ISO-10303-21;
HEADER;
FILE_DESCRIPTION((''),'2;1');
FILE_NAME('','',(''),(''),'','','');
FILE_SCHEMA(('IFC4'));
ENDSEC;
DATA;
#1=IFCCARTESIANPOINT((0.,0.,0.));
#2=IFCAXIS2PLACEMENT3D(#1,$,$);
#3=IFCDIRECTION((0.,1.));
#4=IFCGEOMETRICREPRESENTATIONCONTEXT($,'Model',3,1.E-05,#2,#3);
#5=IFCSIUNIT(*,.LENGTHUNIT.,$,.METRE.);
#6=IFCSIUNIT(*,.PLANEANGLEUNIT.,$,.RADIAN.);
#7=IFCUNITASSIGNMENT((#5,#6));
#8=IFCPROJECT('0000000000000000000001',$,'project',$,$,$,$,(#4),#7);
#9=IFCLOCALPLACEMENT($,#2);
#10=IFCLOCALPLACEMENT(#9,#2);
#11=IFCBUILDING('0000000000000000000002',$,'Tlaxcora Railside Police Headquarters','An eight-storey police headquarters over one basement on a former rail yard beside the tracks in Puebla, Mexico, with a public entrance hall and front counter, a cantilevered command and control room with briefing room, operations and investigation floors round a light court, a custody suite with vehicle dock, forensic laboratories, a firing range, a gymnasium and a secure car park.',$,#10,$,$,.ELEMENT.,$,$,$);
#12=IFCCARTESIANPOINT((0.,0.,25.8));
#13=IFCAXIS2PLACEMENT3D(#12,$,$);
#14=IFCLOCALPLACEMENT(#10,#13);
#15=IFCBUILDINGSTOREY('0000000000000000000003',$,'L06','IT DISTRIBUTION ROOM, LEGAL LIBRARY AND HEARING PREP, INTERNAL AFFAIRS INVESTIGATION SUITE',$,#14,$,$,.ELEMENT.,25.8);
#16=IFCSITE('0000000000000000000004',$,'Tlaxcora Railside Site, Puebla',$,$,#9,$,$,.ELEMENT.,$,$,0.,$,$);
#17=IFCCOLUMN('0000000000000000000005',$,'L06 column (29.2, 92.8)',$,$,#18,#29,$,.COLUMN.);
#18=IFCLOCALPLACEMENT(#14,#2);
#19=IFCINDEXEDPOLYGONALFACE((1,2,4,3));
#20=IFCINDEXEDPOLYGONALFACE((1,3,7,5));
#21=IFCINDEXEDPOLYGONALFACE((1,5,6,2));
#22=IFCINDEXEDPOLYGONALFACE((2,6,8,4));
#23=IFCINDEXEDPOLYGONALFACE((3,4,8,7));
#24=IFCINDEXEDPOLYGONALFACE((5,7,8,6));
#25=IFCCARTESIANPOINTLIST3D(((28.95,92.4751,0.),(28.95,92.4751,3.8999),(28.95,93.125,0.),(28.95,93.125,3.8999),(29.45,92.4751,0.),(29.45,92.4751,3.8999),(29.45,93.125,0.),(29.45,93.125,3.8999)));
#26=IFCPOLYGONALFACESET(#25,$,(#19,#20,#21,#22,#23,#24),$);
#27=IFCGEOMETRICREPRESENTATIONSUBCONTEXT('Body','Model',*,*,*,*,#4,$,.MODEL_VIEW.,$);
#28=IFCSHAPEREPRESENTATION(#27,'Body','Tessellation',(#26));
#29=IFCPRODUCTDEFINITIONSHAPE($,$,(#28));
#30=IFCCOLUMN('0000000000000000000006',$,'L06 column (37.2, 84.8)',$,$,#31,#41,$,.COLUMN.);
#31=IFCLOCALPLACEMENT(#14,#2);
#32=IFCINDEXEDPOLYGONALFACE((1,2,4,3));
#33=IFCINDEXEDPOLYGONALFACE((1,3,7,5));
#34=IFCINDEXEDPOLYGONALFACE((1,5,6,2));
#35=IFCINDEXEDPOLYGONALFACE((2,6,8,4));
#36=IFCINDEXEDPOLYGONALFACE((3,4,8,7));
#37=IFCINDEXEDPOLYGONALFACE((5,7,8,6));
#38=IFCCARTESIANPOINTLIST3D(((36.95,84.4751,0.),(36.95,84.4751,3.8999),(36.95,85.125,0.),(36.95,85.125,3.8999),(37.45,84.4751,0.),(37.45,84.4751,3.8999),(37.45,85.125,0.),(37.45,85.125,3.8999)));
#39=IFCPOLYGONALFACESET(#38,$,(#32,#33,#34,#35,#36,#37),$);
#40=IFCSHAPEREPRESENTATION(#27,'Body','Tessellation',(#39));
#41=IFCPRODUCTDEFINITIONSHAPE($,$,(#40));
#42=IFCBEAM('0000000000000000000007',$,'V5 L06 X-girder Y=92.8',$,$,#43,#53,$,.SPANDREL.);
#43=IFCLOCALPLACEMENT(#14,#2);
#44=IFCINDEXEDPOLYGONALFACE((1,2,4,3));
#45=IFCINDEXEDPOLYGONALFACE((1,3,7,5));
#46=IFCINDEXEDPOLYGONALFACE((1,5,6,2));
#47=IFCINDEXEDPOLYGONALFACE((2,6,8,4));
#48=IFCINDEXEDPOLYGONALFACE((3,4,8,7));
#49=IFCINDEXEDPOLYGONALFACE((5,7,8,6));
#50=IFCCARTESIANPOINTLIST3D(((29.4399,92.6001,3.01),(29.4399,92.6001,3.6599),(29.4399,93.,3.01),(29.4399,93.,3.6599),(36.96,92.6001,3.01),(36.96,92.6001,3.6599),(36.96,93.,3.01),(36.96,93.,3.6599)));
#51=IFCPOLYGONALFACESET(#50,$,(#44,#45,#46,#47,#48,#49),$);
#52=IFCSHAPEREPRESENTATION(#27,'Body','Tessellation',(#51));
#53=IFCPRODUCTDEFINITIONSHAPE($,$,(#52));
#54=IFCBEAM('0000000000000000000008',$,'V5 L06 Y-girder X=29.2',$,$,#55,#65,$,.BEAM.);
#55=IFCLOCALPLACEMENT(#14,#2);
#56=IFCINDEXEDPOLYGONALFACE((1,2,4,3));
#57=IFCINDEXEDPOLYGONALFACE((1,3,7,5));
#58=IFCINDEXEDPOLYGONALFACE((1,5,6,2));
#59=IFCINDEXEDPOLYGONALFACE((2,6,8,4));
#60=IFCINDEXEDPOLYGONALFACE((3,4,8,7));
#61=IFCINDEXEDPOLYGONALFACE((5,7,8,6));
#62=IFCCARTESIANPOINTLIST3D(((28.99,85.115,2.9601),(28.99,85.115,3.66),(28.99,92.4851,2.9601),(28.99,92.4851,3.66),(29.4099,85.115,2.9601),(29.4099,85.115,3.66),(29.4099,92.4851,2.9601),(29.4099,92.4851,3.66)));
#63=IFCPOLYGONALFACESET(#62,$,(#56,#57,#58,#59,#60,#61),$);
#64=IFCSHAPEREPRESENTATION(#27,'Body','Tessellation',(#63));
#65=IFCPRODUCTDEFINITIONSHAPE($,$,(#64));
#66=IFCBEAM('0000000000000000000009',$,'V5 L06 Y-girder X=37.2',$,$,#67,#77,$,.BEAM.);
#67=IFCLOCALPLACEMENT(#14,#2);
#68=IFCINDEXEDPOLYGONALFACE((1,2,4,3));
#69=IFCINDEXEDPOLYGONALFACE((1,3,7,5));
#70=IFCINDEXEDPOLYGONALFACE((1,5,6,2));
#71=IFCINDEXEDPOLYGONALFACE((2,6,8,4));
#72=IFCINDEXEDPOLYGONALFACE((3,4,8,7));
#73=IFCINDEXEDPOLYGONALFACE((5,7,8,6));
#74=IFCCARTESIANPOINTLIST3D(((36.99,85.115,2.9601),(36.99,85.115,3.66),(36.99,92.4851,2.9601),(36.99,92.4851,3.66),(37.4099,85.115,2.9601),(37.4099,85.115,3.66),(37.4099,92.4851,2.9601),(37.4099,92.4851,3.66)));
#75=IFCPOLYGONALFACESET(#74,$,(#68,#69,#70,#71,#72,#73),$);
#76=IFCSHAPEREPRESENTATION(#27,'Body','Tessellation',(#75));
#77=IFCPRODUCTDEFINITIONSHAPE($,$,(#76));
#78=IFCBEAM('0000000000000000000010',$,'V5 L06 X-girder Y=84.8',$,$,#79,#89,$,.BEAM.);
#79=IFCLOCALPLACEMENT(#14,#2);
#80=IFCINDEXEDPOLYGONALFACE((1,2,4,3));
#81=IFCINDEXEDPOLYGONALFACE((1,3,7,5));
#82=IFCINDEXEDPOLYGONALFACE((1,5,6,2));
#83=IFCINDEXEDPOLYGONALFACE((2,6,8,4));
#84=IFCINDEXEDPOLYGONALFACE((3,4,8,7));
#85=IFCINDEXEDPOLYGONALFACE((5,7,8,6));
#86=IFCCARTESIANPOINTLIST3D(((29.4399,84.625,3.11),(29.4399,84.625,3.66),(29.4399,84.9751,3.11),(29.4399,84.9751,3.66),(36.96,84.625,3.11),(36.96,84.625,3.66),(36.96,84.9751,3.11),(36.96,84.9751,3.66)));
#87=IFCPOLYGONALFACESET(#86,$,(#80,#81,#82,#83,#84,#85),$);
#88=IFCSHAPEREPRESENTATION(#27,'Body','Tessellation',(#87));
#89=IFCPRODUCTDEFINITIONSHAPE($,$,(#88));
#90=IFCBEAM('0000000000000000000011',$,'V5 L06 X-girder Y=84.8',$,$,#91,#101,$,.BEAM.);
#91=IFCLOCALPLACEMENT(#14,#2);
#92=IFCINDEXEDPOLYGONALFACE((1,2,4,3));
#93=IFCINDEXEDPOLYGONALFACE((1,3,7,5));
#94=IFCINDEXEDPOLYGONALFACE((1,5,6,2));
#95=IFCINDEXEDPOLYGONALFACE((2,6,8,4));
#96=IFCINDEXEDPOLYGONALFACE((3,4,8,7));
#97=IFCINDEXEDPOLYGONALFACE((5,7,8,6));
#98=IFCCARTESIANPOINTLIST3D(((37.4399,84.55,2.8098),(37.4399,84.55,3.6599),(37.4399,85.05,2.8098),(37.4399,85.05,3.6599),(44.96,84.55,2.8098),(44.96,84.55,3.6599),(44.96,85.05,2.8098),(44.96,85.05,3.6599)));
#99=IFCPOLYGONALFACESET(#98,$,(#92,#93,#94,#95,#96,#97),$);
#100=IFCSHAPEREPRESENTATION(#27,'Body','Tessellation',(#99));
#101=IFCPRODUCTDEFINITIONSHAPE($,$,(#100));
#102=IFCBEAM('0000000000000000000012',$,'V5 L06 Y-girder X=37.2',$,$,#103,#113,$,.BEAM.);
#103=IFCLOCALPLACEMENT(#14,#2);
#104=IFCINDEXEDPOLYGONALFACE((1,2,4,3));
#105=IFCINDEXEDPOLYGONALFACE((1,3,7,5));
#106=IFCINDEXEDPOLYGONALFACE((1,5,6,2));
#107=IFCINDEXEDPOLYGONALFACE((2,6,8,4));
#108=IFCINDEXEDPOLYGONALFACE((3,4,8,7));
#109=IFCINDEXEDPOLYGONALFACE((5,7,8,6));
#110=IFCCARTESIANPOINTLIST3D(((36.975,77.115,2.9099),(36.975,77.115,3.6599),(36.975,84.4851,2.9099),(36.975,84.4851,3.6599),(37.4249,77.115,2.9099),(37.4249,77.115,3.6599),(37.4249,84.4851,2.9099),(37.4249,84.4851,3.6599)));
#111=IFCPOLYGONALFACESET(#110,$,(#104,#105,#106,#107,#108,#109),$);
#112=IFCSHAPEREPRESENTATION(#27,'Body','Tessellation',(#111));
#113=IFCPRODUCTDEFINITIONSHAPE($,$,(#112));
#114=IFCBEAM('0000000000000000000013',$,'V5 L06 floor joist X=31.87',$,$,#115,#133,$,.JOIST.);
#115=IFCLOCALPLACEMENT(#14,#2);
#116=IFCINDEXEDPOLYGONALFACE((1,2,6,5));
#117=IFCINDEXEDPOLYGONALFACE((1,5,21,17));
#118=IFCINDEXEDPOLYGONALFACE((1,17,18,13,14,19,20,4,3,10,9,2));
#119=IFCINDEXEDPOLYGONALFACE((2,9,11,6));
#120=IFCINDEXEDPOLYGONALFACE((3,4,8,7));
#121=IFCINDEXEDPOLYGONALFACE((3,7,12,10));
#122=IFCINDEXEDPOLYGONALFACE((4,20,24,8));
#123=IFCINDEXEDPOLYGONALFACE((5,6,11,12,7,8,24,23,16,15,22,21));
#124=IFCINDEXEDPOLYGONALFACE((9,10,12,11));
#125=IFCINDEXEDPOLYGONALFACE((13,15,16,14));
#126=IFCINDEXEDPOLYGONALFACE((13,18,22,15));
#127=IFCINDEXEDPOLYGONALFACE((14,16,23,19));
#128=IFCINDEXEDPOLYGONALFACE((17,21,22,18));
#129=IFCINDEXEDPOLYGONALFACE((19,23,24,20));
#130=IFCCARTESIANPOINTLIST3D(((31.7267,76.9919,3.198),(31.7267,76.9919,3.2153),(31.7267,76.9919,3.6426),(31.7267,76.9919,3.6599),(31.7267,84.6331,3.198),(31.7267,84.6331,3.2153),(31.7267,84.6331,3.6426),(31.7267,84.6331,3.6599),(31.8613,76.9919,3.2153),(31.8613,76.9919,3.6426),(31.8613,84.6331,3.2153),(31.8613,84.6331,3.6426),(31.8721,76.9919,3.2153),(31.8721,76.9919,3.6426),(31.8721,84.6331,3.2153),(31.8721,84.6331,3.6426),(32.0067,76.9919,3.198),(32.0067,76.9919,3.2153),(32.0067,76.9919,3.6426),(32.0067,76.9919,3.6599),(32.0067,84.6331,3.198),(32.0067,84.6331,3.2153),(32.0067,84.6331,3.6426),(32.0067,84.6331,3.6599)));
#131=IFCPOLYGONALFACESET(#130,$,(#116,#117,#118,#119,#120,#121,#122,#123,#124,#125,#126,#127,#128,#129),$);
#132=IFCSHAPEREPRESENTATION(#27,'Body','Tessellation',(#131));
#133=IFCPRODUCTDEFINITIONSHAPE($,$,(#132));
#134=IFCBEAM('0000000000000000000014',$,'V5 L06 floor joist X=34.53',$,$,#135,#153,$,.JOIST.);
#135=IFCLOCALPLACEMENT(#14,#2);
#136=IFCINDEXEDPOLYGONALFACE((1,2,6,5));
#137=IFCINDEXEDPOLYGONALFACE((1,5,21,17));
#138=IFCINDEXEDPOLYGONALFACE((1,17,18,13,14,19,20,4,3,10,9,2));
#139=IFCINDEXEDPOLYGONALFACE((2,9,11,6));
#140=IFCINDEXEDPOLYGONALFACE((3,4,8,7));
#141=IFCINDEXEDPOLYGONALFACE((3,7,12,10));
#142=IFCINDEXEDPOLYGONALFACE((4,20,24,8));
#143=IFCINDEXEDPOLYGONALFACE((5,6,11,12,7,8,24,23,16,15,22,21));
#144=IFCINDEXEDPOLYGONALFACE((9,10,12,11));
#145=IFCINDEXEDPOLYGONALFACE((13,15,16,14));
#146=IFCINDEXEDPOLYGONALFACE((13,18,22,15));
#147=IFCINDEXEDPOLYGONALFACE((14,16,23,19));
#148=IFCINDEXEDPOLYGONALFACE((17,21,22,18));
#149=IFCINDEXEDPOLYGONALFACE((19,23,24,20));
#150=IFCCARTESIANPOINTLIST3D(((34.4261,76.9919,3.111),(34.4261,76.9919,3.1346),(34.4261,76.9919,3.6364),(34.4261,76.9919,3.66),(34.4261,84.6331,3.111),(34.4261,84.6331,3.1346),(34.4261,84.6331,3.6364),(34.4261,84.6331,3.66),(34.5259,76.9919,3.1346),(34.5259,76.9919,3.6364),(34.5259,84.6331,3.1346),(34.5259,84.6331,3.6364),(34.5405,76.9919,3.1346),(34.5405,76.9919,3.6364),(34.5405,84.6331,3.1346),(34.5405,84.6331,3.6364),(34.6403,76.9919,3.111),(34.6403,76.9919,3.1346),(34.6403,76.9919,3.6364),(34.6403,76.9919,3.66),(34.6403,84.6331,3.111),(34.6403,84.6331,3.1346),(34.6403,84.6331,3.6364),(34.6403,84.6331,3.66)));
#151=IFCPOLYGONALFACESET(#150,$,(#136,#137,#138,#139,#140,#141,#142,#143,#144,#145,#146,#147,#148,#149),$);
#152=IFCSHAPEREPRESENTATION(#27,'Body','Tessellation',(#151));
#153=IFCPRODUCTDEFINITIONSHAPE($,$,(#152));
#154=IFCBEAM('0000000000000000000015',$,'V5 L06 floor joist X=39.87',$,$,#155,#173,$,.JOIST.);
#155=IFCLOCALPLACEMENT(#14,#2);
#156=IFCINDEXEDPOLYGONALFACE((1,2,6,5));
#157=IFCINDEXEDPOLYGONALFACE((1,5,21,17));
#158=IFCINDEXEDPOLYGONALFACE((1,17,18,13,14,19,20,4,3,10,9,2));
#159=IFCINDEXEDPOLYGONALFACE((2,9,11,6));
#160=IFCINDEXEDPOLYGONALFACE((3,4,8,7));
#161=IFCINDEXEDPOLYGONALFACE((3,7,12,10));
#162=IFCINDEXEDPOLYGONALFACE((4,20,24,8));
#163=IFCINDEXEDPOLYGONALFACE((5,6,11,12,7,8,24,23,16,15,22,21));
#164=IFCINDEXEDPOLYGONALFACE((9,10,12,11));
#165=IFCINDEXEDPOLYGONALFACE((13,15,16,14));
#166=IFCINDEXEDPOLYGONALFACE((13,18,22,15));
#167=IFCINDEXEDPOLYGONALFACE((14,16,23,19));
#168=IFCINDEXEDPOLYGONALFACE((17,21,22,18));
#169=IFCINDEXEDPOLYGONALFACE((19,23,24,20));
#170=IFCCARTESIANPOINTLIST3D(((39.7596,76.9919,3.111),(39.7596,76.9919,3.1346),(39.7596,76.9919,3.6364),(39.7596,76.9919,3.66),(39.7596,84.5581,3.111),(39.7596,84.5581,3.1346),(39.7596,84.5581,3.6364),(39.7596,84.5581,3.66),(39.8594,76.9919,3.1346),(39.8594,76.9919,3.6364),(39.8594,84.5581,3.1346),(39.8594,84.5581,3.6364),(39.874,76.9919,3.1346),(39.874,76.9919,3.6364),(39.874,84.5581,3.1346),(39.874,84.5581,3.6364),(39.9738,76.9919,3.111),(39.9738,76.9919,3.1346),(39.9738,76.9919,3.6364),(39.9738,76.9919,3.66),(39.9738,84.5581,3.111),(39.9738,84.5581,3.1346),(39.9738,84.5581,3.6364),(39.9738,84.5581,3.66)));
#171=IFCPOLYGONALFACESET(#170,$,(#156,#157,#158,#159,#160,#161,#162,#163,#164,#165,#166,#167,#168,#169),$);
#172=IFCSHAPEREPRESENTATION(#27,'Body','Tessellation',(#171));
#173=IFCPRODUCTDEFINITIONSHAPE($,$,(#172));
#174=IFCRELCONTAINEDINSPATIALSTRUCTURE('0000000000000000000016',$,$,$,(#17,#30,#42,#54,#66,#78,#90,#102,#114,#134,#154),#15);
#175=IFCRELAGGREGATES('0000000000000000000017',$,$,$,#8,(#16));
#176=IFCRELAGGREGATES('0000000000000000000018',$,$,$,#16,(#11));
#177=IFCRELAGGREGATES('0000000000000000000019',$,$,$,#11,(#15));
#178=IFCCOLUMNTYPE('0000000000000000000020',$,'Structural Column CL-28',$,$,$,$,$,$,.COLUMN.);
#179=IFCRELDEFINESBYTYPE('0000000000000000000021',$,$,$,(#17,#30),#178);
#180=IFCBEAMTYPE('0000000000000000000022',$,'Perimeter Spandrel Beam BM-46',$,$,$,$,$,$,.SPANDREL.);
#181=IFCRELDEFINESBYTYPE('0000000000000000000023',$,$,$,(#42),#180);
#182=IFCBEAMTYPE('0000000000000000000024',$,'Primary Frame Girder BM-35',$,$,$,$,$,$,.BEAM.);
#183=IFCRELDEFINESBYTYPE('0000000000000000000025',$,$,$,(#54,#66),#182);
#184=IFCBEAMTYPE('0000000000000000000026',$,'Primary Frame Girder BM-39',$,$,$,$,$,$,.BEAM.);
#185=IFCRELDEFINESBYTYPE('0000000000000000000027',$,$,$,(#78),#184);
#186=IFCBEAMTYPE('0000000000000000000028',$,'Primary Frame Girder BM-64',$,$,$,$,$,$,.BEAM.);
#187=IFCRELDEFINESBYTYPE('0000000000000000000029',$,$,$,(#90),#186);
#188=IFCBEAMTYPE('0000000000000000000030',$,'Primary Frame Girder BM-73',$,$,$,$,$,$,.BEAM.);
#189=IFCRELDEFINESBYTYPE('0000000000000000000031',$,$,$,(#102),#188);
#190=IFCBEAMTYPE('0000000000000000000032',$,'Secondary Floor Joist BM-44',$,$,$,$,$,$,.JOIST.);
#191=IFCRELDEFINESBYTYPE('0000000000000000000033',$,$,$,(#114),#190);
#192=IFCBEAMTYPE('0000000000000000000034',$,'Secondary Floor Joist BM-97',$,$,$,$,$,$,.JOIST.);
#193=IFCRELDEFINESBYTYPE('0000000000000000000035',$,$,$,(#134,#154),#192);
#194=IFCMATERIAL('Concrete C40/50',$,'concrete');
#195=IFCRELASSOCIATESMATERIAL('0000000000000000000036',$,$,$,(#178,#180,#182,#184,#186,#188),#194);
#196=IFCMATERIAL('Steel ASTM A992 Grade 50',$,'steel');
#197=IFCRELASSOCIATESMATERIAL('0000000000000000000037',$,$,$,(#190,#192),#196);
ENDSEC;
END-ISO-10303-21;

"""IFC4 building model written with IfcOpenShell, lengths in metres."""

from ifc_helpers import new_model, si_unit, direction, frame, origin, origin_2d, place, context, subcontext, project, spatial, rectangle, i_section, extrude, material, material_profile, profile_set, type_object, element, save


model = new_model("IFC4")

# Units and contexts
model_context = context("Model", 3, precision=1e-05, world=origin(), true_north=direction((0.0, 1.0)))
body_context = subcontext(model_context, "Body", "Model", "MODEL_VIEW")
ifc_project = project(units=[si_unit("LENGTHUNIT", "METRE"), si_unit("PLANEANGLEUNIT", "RADIAN")], contexts=[model_context])

# Site, building, storey
site_placement = place(None, origin())
site = spatial("IfcSite", under=ifc_project, at=site_placement, Name="Tlaxcora Railside Site, Puebla", CompositionType="ELEMENT", RefElevation=0.0)
building_placement = place(site_placement, origin())
building = spatial("IfcBuilding", under=site, at=building_placement, Name="Tlaxcora Railside Police Headquarters", Description="An eight-storey police headquarters over one basement on a former rail yard beside the tracks in Puebla, Mexico, with a public entrance hall and front counter, a cantilevered command and control room with briefing room, operations and investigation floors round a light court, a custody suite with vehicle dock, forensic laboratories, a firing range, a gymnasium and a secure car park.", CompositionType="ELEMENT")
storey_placement = place(building_placement, frame((0.0, 0.0, 25.8)))
storey = spatial("IfcBuildingStorey", under=building, at=storey_placement, Name="L06", Description="IT DISTRIBUTION ROOM, LEGAL LIBRARY AND HEARING PREP, INTERNAL AFFAIRS INVESTIGATION SUITE", CompositionType="ELEMENT", Elevation=25.8)

# Columns
ifc_material_1 = material(Name="Concrete C40/50", Category="concrete")
ifc_material_profile_1 = material_profile(ifc_material_1, rectangle(XDim=0.5, YDim=0.6499, at=origin_2d()), Name="RC500X650")
ifc_profile_set_1 = profile_set([ifc_material_profile_1], Name="Concrete C40/50")
column_type = type_object("IfcColumnType", Name="Structural Column CL-28", PredefinedType="COLUMN", material=ifc_profile_set_1)
for number, where, z_axis, x_axis, name in (
    (1, (29.2, 92.8, 0.0), (0.0, 0.0, 1.0), (1.0, 0.0, 0.0), "L06 column (29.2, 92.8)"),
    (2, (37.2, 84.8, 0.0), (0.0, 0.0, 1.0), (1.0, 0.0, 0.0), "L06 column (37.2, 84.8)"),
):
    element("IfcColumn", number, at=place(storey_placement, frame(where, z_axis=z_axis, x_axis=x_axis)), inside=storey, type_object=column_type, Name=name, PredefinedType="COLUMN", context=body_context, shape_type="SweptSolid", body=[
        extrude(rectangle(XDim=0.5, YDim=0.6499, at=origin_2d()), origin(), (0.0, 0.0, 1.0), 3.8999),
    ])

# Beams
ifc_material_profile_2 = material_profile(ifc_material_1, rectangle(XDim=0.3999, YDim=0.6499, at=origin_2d()), Name="RC400X650")
ifc_profile_set_2 = profile_set([ifc_material_profile_2], Name="Concrete C40/50")
beam_type_1 = type_object("IfcBeamType", Name="Perimeter Spandrel Beam BM-46", PredefinedType="SPANDREL", material=ifc_profile_set_2)
beam_1_placement = place(storey_placement, frame((29.4399, 92.8, 3.335), z_axis=(1.0, 0.0, 0.0), x_axis=(0.0, 1.0, 0.0)))
element("IfcBeam", 3, at=beam_1_placement, inside=storey, type_object=beam_type_1, Name="V5 L06 X-girder Y=92.8", PredefinedType="SPANDREL", context=body_context, shape_type="SweptSolid", body=[
    extrude(rectangle(XDim=0.3999, YDim=0.6499, at=origin_2d()), origin(), (0.0, 0.0, 1.0), 7.52),
])
ifc_material_profile_3 = material_profile(ifc_material_1, rectangle(XDim=0.4199, YDim=0.7, at=origin_2d()), Name="RC420X700")
ifc_profile_set_3 = profile_set([ifc_material_profile_3], Name="Concrete C40/50")
beam_type_2 = type_object("IfcBeamType", Name="Primary Frame Girder BM-35", PredefinedType="BEAM", material=ifc_profile_set_3)
for number, where, z_axis, x_axis, name in (
    (4, (29.2, 85.115, 3.3101), (0.0, 1.0, 0.0), (-1.0, 0.0, 0.0), "V5 L06 Y-girder X=29.2"),
    (5, (37.2, 85.115, 3.3101), (0.0, 1.0, 0.0), (-1.0, 0.0, 0.0), "V5 L06 Y-girder X=37.2"),
):
    element("IfcBeam", number, at=place(storey_placement, frame(where, z_axis=z_axis, x_axis=x_axis)), inside=storey, type_object=beam_type_2, Name=name, PredefinedType="BEAM", context=body_context, shape_type="SweptSolid", body=[
        extrude(rectangle(XDim=0.4199, YDim=0.7, at=origin_2d()), origin(), (0.0, 0.0, 1.0), 7.3701),
    ])
ifc_material_profile_4 = material_profile(ifc_material_1, rectangle(XDim=0.3501, YDim=0.55, at=origin_2d()), Name="RC350X550")
ifc_profile_set_4 = profile_set([ifc_material_profile_4], Name="Concrete C40/50")
beam_type_3 = type_object("IfcBeamType", Name="Primary Frame Girder BM-39", PredefinedType="BEAM", material=ifc_profile_set_4)
beam_2_placement = place(storey_placement, frame((29.4399, 84.8, 3.385), z_axis=(1.0, 0.0, 0.0), x_axis=(0.0, 1.0, 0.0)))
element("IfcBeam", 6, at=beam_2_placement, inside=storey, type_object=beam_type_3, Name="V5 L06 X-girder Y=84.8", PredefinedType="BEAM", context=body_context, shape_type="SweptSolid", body=[
    extrude(rectangle(XDim=0.3501, YDim=0.55, at=origin_2d()), origin(), (0.0, 0.0, 1.0), 7.52),
])
ifc_material_profile_5 = material_profile(ifc_material_1, rectangle(XDim=0.5, YDim=0.8501, at=origin_2d()), Name="RC500X850")
ifc_profile_set_5 = profile_set([ifc_material_profile_5], Name="Concrete C40/50")
beam_type_4 = type_object("IfcBeamType", Name="Primary Frame Girder BM-64", PredefinedType="BEAM", material=ifc_profile_set_5)
beam_3_placement = place(storey_placement, frame((37.4399, 84.8, 3.2349), z_axis=(1.0, 0.0, 0.0), x_axis=(0.0, 1.0, 0.0)))
element("IfcBeam", 7, at=beam_3_placement, inside=storey, type_object=beam_type_4, Name="V5 L06 X-girder Y=84.8", PredefinedType="BEAM", context=body_context, shape_type="SweptSolid", body=[
    extrude(rectangle(XDim=0.5, YDim=0.8501, at=origin_2d()), origin(), (0.0, 0.0, 1.0), 7.52),
])
ifc_material_profile_6 = material_profile(ifc_material_1, rectangle(XDim=0.45, YDim=0.75, at=origin_2d()), Name="RC450X750")
ifc_profile_set_6 = profile_set([ifc_material_profile_6], Name="Concrete C40/50")
beam_type_5 = type_object("IfcBeamType", Name="Primary Frame Girder BM-73", PredefinedType="BEAM", material=ifc_profile_set_6)
beam_4_placement = place(storey_placement, frame((37.2, 77.115, 3.2849), z_axis=(0.0, 1.0, 0.0), x_axis=(-1.0, 0.0, 0.0)))
element("IfcBeam", 8, at=beam_4_placement, inside=storey, type_object=beam_type_5, Name="V5 L06 Y-girder X=37.2", PredefinedType="BEAM", context=body_context, shape_type="SweptSolid", body=[
    extrude(rectangle(XDim=0.45, YDim=0.75, at=origin_2d()), origin(), (0.0, 0.0, 1.0), 7.3701),
])
ifc_material_2 = material(Name="Steel ASTM A992 Grade 50", Category="steel")
ifc_material_profile_7 = material_profile(ifc_material_2, i_section(OverallWidth=0.28, OverallDepth=0.4619, WebThickness=0.0107, FlangeThickness=0.0173, at=origin_2d()), Name="W18X76")
ifc_profile_set_7 = profile_set([ifc_material_profile_7], Name="Steel ASTM A992 Grade 50")
beam_type_6 = type_object("IfcBeamType", Name="Secondary Floor Joist BM-44", PredefinedType="JOIST", material=ifc_profile_set_7)
beam_5_placement = place(storey_placement, frame((31.8667, 76.9919, 3.429), z_axis=(0.0, 1.0, 0.0), x_axis=(-1.0, 0.0, 0.0)))
element("IfcBeam", 9, at=beam_5_placement, inside=storey, type_object=beam_type_6, Name="V5 L06 floor joist X=31.87", PredefinedType="JOIST", context=body_context, shape_type="SweptSolid", body=[
    extrude(i_section(OverallWidth=0.28, OverallDepth=0.4619, WebThickness=0.0107, FlangeThickness=0.0173, at=origin_2d()), origin(), (0.0, 0.0, 1.0), 7.6411),
])
ifc_material_profile_8 = material_profile(ifc_material_2, i_section(OverallWidth=0.2141, OverallDepth=0.5491, WebThickness=0.0146, FlangeThickness=0.0237, at=origin_2d()), Name="W21X93")
ifc_profile_set_8 = profile_set([ifc_material_profile_8], Name="Steel ASTM A992 Grade 50")
beam_type_7 = type_object("IfcBeamType", Name="Secondary Floor Joist BM-97", PredefinedType="JOIST", material=ifc_profile_set_8)
beam_6_placement = place(storey_placement, frame((34.5332, 76.9919, 3.3855), z_axis=(0.0, 1.0, 0.0), x_axis=(-1.0, 0.0, 0.0)))
element("IfcBeam", 10, at=beam_6_placement, inside=storey, type_object=beam_type_7, Name="V5 L06 floor joist X=34.53", PredefinedType="JOIST", context=body_context, shape_type="SweptSolid", body=[
    extrude(i_section(OverallWidth=0.2141, OverallDepth=0.5491, WebThickness=0.0146, FlangeThickness=0.0237, at=origin_2d()), origin(), (0.0, 0.0, 1.0), 7.6411),
])
beam_7_placement = place(storey_placement, frame((39.8667, 76.9919, 3.3855), z_axis=(0.0, 1.0, 0.0), x_axis=(-1.0, 0.0, 0.0)))
element("IfcBeam", 11, at=beam_7_placement, inside=storey, type_object=beam_type_7, Name="V5 L06 floor joist X=39.87", PredefinedType="JOIST", context=body_context, shape_type="SweptSolid", body=[
    extrude(i_section(OverallWidth=0.2141, OverallDepth=0.5491, WebThickness=0.0146, FlangeThickness=0.0237, at=origin_2d()), origin(), (0.0, 0.0, 1.0), 7.5662),
])

save(model, "model.ifc")
